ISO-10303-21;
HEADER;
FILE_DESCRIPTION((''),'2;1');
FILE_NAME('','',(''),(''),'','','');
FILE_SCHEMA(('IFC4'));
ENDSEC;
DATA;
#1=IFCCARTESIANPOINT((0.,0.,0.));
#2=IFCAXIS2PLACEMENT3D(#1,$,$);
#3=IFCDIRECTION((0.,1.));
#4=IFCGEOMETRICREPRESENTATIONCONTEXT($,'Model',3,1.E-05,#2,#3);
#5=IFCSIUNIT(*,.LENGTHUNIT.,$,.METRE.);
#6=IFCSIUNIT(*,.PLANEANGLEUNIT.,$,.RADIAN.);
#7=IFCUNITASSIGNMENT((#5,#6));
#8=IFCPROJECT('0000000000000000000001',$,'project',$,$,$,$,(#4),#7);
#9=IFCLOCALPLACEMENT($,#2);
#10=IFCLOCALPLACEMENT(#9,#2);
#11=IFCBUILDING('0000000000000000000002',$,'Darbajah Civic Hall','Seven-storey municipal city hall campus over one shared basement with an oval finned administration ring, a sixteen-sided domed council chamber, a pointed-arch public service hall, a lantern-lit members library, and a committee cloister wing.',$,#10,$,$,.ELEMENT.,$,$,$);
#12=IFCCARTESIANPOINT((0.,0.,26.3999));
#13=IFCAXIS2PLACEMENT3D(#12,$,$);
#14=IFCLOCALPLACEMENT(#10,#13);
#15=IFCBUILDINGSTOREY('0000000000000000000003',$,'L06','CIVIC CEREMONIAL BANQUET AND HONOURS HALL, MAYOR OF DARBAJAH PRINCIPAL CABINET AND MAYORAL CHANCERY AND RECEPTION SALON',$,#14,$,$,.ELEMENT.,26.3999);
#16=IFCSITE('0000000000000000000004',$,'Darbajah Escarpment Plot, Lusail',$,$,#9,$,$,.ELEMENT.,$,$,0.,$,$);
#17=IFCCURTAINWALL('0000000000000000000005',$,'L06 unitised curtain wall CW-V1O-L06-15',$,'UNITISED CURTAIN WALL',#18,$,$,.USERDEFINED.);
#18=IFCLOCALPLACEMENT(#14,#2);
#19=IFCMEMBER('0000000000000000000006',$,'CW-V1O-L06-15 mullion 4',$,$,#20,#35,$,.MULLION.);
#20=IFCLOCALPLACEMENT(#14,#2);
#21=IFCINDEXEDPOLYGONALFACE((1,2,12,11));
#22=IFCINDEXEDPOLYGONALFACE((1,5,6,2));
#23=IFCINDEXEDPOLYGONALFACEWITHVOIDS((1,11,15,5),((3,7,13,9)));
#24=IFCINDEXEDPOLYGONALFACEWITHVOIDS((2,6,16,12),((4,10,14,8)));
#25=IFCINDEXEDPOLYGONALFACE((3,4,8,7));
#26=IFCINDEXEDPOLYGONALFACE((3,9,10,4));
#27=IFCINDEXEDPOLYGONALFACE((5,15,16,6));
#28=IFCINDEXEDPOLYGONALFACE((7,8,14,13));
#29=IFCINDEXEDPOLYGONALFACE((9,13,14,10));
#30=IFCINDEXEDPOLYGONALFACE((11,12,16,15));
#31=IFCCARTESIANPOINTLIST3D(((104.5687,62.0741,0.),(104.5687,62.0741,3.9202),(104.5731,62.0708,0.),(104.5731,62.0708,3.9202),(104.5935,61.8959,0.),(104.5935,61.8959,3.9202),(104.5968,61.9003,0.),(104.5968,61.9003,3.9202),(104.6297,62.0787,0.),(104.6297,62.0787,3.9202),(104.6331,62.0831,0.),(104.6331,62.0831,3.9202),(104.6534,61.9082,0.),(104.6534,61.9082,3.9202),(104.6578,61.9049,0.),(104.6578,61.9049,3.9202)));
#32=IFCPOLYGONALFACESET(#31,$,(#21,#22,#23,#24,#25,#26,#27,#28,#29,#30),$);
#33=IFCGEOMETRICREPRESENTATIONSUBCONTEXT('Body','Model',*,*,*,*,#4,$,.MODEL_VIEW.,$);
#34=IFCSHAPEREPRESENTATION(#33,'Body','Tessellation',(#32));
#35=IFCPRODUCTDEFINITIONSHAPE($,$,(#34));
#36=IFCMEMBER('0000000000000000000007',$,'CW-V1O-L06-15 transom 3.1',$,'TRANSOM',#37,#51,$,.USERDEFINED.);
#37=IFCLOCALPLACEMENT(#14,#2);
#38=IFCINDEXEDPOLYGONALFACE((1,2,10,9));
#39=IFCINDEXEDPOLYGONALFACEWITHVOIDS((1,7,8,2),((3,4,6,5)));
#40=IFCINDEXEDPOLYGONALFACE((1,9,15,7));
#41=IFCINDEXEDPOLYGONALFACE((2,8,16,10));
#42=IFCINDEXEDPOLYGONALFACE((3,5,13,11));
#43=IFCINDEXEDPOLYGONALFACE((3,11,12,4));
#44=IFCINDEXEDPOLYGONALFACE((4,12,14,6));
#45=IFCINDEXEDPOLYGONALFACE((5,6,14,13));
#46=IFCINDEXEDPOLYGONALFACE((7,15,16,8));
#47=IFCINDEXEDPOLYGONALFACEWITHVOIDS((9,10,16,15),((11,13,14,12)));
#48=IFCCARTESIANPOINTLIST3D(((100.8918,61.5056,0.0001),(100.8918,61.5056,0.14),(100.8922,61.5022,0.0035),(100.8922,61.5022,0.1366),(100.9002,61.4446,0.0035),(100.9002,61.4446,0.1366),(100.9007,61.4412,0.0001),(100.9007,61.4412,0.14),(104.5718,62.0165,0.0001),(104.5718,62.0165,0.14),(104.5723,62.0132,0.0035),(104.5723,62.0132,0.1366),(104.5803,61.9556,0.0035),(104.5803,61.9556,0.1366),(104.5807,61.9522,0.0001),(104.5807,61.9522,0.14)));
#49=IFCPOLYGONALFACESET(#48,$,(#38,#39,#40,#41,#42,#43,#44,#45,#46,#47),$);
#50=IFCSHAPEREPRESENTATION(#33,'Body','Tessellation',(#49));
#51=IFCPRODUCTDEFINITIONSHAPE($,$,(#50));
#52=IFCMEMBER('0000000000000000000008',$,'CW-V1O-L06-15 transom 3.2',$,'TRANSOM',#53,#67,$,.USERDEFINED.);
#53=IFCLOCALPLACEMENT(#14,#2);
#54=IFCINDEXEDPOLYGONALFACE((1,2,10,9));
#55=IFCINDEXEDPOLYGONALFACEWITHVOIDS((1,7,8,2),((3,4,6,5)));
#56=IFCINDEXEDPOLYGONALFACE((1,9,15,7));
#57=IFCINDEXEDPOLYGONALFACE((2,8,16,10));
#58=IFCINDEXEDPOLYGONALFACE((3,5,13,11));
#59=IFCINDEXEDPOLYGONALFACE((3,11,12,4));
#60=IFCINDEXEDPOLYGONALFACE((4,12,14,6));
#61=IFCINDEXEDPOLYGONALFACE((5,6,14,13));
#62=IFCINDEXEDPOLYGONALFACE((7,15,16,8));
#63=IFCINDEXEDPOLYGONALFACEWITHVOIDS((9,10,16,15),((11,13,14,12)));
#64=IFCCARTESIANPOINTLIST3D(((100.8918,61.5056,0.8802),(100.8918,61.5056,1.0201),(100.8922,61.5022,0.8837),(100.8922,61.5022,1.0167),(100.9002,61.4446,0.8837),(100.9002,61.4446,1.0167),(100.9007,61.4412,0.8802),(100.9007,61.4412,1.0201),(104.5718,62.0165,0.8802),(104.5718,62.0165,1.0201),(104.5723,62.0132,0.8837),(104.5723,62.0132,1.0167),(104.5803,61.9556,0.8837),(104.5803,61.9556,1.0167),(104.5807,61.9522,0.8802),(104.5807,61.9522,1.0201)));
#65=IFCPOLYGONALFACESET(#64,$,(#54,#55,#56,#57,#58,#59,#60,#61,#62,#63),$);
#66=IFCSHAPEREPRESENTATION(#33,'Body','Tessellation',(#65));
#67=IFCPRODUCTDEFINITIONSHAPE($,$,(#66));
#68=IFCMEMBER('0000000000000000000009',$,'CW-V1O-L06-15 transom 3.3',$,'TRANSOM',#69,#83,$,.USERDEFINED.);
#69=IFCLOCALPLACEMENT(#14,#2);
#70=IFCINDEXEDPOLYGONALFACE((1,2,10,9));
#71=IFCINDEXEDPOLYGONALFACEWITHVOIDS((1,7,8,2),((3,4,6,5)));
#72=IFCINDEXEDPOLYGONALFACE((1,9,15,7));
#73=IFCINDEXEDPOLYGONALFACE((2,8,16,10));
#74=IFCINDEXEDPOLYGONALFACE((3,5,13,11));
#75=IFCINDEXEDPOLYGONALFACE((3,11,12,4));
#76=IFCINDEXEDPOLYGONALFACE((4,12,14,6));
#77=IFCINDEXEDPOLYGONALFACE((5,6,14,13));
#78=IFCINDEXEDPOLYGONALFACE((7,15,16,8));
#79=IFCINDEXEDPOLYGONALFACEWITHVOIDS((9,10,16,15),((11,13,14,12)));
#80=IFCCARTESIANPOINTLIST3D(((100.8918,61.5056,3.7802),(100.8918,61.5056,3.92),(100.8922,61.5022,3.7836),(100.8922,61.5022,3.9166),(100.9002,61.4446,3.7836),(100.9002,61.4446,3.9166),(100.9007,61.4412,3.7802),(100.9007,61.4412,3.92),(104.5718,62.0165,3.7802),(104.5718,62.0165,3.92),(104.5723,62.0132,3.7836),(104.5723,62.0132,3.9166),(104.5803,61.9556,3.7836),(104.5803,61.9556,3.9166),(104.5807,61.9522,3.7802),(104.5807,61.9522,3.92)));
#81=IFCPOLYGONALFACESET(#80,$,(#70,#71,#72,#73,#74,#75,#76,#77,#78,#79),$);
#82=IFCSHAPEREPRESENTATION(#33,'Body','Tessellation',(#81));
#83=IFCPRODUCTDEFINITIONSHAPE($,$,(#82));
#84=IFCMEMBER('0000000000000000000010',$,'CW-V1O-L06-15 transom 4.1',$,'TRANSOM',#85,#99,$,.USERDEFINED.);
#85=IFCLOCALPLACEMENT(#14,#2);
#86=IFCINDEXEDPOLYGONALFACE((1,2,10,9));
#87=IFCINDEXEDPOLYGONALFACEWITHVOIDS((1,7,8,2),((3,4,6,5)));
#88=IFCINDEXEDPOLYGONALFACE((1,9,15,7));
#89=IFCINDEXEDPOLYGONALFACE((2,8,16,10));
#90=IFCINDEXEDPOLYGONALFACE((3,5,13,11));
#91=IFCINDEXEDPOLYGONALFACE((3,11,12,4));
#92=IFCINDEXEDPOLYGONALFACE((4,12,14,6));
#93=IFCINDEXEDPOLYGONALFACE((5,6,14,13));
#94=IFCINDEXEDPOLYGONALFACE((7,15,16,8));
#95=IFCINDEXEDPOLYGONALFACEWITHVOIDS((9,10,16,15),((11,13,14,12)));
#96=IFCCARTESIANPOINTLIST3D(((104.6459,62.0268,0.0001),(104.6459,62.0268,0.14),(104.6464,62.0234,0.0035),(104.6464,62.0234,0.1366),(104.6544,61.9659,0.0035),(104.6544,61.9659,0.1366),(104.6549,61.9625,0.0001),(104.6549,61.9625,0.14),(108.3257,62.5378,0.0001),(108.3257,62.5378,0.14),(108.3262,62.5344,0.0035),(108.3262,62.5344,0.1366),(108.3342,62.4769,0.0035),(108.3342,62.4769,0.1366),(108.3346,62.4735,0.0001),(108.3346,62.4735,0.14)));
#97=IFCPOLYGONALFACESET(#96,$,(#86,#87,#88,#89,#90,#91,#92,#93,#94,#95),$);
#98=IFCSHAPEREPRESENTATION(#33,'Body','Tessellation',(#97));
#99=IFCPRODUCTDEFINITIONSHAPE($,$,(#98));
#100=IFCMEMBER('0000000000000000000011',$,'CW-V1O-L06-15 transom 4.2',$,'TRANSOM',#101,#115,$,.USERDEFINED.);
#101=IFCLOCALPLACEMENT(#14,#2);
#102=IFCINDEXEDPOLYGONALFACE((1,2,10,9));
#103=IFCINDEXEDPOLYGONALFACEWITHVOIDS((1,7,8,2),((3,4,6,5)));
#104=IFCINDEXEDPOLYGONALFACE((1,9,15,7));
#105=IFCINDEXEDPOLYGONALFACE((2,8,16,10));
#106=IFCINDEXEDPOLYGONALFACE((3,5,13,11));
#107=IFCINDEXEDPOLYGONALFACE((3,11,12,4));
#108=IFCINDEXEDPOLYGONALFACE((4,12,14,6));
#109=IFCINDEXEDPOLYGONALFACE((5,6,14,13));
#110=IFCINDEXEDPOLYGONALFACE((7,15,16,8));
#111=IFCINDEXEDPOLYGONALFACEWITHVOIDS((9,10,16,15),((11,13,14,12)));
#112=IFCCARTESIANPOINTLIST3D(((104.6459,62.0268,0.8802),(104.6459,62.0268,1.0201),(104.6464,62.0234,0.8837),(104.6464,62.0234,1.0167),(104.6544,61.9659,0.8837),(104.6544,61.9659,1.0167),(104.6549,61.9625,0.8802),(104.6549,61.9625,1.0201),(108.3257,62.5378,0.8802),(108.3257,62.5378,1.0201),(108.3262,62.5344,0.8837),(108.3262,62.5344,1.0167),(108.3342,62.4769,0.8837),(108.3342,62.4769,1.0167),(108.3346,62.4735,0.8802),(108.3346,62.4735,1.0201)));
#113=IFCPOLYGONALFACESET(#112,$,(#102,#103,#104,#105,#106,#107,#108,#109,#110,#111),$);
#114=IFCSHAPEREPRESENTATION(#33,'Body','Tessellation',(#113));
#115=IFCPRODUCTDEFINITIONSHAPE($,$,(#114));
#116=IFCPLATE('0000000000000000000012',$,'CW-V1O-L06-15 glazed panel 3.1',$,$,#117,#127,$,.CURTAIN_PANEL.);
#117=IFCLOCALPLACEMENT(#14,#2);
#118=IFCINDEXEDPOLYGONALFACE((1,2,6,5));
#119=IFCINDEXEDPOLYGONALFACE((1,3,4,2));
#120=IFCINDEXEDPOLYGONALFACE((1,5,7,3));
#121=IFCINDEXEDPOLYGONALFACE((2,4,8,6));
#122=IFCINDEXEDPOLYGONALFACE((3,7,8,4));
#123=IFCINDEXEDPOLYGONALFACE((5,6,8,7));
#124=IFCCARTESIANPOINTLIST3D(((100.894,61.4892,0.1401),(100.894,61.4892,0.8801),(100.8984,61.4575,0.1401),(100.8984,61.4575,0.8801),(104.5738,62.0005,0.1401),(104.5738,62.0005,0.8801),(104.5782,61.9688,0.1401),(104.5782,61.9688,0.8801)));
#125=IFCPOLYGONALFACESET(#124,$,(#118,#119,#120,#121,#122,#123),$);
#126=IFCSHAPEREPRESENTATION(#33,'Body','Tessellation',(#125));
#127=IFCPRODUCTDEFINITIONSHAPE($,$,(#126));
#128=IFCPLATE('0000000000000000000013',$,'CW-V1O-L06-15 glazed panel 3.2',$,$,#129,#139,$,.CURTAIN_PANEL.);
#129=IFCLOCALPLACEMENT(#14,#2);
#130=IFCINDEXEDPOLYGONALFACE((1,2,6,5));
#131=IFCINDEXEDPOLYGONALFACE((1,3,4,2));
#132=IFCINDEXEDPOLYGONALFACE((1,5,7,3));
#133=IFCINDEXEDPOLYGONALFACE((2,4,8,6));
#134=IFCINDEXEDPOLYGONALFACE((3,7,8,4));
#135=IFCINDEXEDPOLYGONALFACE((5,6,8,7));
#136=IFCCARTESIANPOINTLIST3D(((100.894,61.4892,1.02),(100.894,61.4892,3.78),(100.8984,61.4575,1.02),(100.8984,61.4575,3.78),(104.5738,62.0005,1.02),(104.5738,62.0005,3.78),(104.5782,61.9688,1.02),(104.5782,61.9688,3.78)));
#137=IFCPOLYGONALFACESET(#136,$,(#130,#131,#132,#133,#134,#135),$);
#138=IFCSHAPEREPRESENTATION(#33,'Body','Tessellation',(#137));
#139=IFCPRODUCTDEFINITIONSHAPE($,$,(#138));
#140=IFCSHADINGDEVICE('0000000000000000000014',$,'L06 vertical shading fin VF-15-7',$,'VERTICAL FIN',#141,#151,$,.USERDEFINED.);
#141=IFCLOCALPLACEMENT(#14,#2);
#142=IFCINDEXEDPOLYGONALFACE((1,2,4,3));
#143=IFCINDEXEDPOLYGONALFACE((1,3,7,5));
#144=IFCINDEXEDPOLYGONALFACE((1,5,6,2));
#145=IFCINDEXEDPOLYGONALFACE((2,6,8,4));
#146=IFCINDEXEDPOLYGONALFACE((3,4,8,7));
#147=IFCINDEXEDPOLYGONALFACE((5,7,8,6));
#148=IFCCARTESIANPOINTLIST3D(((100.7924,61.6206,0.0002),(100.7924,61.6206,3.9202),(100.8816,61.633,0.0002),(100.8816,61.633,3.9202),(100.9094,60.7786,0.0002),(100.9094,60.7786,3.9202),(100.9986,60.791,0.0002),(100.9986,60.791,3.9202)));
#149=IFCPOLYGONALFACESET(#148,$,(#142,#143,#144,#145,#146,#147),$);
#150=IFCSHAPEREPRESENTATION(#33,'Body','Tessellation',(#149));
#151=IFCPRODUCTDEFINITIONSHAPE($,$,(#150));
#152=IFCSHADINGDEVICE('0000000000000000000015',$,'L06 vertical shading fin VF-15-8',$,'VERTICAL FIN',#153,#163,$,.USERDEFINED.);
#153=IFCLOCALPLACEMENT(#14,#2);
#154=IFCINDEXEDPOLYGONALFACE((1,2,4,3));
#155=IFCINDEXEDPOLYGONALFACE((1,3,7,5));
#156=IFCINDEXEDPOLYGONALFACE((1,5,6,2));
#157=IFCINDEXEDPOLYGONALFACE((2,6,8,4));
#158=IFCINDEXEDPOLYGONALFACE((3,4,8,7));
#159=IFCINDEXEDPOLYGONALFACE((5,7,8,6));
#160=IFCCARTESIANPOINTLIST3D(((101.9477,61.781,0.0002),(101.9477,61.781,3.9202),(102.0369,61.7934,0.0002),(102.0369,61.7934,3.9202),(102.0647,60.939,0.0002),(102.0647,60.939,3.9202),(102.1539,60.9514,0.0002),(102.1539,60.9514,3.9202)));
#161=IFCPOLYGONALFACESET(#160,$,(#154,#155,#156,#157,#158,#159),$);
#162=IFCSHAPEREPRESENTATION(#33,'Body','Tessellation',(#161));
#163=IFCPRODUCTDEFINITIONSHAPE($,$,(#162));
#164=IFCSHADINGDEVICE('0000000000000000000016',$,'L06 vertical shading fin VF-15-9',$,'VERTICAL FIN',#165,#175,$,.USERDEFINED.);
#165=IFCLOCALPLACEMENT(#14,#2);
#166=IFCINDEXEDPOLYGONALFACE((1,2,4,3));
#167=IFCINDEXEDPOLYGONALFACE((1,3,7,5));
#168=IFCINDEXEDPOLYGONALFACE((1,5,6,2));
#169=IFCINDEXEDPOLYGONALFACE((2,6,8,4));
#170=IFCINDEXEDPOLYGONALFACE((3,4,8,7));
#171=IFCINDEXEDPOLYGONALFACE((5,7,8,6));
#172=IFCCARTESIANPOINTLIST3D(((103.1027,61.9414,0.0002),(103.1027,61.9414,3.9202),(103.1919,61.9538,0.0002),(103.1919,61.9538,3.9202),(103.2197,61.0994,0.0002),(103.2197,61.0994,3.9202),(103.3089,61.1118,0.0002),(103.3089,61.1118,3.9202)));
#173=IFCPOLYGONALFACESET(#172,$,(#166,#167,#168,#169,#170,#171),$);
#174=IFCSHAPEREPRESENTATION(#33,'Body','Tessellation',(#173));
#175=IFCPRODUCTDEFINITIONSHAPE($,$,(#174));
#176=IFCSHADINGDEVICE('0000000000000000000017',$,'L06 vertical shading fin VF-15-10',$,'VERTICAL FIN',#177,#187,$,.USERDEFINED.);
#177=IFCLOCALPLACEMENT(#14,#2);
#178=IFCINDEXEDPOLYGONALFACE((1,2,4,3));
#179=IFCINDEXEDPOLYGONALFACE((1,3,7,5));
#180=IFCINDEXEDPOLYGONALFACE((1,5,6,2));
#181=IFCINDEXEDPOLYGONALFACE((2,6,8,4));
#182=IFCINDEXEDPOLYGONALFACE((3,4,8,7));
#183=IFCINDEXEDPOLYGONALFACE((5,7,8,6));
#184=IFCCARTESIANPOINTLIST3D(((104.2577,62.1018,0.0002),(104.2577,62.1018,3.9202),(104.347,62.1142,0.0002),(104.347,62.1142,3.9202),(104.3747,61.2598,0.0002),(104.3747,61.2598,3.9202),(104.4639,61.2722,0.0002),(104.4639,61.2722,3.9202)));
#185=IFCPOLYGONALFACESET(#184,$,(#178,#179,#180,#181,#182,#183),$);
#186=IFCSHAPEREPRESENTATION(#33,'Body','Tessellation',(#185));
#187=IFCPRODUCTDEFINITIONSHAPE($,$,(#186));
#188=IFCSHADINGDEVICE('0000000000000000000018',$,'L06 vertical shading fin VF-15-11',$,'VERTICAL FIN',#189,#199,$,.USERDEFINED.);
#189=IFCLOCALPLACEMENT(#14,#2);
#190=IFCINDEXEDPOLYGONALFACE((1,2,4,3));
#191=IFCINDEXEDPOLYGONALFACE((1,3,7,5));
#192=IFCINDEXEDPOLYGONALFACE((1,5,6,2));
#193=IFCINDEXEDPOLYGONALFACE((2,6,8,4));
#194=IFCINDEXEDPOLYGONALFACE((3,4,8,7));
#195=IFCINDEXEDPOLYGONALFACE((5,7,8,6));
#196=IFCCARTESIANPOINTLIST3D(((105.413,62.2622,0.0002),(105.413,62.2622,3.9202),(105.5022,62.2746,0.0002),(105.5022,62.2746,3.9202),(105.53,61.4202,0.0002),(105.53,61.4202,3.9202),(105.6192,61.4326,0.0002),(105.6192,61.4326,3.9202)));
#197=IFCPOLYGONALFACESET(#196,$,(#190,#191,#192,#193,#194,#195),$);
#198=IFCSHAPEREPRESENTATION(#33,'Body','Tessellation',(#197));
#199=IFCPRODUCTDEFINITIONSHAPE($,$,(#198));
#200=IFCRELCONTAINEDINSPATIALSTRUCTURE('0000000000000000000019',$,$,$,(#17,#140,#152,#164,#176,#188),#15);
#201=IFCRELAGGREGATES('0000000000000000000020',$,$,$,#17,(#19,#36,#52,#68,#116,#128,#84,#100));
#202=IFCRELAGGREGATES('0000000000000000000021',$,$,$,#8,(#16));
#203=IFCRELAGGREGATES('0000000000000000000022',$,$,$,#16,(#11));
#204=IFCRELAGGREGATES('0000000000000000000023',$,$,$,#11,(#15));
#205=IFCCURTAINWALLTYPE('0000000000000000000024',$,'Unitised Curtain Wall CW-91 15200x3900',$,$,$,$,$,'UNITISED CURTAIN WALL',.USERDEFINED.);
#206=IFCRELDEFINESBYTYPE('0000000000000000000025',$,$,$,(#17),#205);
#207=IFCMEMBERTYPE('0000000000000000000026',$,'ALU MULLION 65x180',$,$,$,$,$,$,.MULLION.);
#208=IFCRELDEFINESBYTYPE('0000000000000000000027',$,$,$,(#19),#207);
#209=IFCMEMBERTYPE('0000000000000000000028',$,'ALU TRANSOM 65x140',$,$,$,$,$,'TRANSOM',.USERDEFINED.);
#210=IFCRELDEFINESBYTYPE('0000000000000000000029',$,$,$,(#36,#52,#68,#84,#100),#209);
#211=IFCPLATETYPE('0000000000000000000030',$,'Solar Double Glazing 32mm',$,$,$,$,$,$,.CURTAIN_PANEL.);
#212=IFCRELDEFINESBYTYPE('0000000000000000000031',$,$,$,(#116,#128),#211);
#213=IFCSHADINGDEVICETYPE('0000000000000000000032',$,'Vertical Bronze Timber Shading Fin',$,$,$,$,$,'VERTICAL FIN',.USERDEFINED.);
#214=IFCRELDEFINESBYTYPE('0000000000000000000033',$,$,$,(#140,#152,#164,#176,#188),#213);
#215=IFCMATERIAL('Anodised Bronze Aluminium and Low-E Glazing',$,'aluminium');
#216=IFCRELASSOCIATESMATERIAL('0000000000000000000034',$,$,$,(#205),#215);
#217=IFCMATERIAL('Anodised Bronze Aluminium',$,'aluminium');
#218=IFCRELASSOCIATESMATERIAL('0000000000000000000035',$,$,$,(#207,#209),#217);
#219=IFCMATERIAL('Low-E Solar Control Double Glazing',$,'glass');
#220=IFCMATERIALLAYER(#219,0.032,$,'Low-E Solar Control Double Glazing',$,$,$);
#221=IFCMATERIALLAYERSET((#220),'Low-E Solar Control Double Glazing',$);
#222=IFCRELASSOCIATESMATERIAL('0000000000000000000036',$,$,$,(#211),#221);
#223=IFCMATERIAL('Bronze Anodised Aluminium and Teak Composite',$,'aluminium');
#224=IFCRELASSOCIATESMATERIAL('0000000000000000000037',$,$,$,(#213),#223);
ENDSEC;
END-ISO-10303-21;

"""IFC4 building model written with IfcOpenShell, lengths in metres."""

from ifc_helpers import new_model, si_unit, direction, frame, origin, origin_2d, place, context, subcontext, project, spatial, rectangle, hollow_rectangle, extrude, material, layer, layer_set, material_profile, profile_set, type_object, element, aggregate, save


model = new_model("IFC4")

# Units and contexts
model_context = context("Model", 3, precision=1e-05, world=origin(), true_north=direction((0.0, 1.0)))
body_context = subcontext(model_context, "Body", "Model", "MODEL_VIEW")
ifc_project = project(units=[si_unit("LENGTHUNIT", "METRE"), si_unit("PLANEANGLEUNIT", "RADIAN")], contexts=[model_context])

# Site, building, storey
site_placement = place(None, origin())
site = spatial("IfcSite", under=ifc_project, at=site_placement, Name="Darbajah Escarpment Plot, Lusail", CompositionType="ELEMENT", RefElevation=0.0)
building_placement = place(site_placement, origin())
building = spatial("IfcBuilding", under=site, at=building_placement, Name="Darbajah Civic Hall", Description="Seven-storey municipal city hall campus over one shared basement with an oval finned administration ring, a sixteen-sided domed council chamber, a pointed-arch public service hall, a lantern-lit members library, and a committee cloister wing.", CompositionType="ELEMENT")
storey_placement = place(building_placement, frame((0.0, 0.0, 26.3999)))
storey = spatial("IfcBuildingStorey", under=building, at=storey_placement, Name="L06", Description="CIVIC CEREMONIAL BANQUET AND HONOURS HALL, MAYOR OF DARBAJAH PRINCIPAL CABINET AND MAYORAL CHANCERY AND RECEPTION SALON", CompositionType="ELEMENT", Elevation=26.3999)

# Curtain wall, members, plates
ifc_material_1 = material(Name="Anodised Bronze Aluminium and Low-E Glazing", Category="aluminium")
curtain_wall_type = type_object("IfcCurtainWallType", Name="Unitised Curtain Wall CW-91 15200x3900", ElementType="UNITISED CURTAIN WALL", PredefinedType="USERDEFINED", material=ifc_material_1)
curtain_wall_placement = place(storey_placement, origin())
curtain_wall = element("IfcCurtainWall", 1, at=curtain_wall_placement, inside=storey, type_object=curtain_wall_type, Name="L06 unitised curtain wall CW-V1O-L06-15", ObjectType="UNITISED CURTAIN WALL", PredefinedType="USERDEFINED")
ifc_material_2 = material(Name="Anodised Bronze Aluminium", Category="aluminium")
ifc_material_profile_1 = material_profile(ifc_material_2, hollow_rectangle(XDim=0.0649, YDim=0.1799, WallThickness=0.0039, at=origin_2d()), Name="ALU MULLION 65x180")
ifc_profile_set_1 = profile_set([ifc_material_profile_1], Name="Anodised Bronze Aluminium")
member_type_1 = type_object("IfcMemberType", Name="ALU MULLION 65x180", PredefinedType="MULLION", material=ifc_profile_set_1)
member_1_placement = place(storey_placement, frame((104.6133, 61.9895, 0.0), z_axis=(0.0, 0.0, 1.0), x_axis=(0.990485, 0.137617, 0.0)))
member_1 = element("IfcMember", 2, at=member_1_placement, type_object=member_type_1, Name="CW-V1O-L06-15 mullion 4", PredefinedType="MULLION", context=body_context, shape_type="SweptSolid", body=[
    extrude(hollow_rectangle(XDim=0.0649, YDim=0.1799, WallThickness=0.0039, at=origin_2d()), origin(), (0.0, 0.0, 1.0), 3.9202),
])
ifc_material_profile_2 = material_profile(ifc_material_2, hollow_rectangle(XDim=0.0649, YDim=0.1399, WallThickness=0.0034, at=origin_2d()), Name="ALU TRANSOM 65x140")
ifc_profile_set_2 = profile_set([ifc_material_profile_2], Name="Anodised Bronze Aluminium")
member_type_2 = type_object("IfcMemberType", Name="ALU TRANSOM 65x140", ElementType="TRANSOM", PredefinedType="USERDEFINED", material=ifc_profile_set_2)
member_2_placement = place(storey_placement, frame((100.8962, 61.4734, 0.0701), z_axis=(0.990497, 0.137538, 0.0), x_axis=(-0.137538, 0.990497, 0.0)))
member_2 = element("IfcMember", 3, at=member_2_placement, type_object=member_type_2, Name="CW-V1O-L06-15 transom 3.1", ObjectType="TRANSOM", PredefinedType="USERDEFINED", context=body_context, shape_type="SweptSolid", body=[
    extrude(hollow_rectangle(XDim=0.0649, YDim=0.1399, WallThickness=0.0034, at=origin_2d()), origin(), (0.0, 0.0, 1.0), 3.7153),
])
member_3_placement = place(storey_placement, frame((100.8962, 61.4734, 0.9502), z_axis=(0.990497, 0.137538, 0.0), x_axis=(-0.137538, 0.990497, 0.0)))
member_3 = element("IfcMember", 4, at=member_3_placement, type_object=member_type_2, Name="CW-V1O-L06-15 transom 3.2", ObjectType="TRANSOM", PredefinedType="USERDEFINED", context=body_context, shape_type="SweptSolid", body=[
    extrude(hollow_rectangle(XDim=0.0649, YDim=0.1399, WallThickness=0.0034, at=origin_2d()), origin(), (0.0, 0.0, 1.0), 3.7153),
])
member_4_placement = place(storey_placement, frame((100.8962, 61.4734, 3.8501), z_axis=(0.990497, 0.137538, 0.0), x_axis=(-0.137538, 0.990497, 0.0)))
member_4 = element("IfcMember", 5, at=member_4_placement, type_object=member_type_2, Name="CW-V1O-L06-15 transom 3.3", ObjectType="TRANSOM", PredefinedType="USERDEFINED", context=body_context, shape_type="SweptSolid", body=[
    extrude(hollow_rectangle(XDim=0.0649, YDim=0.1399, WallThickness=0.0034, at=origin_2d()), origin(), (0.0, 0.0, 1.0), 3.7153),
])
member_5_placement = place(storey_placement, frame((104.6504, 61.9946, 0.0701), z_axis=(0.990495, 0.137547, 0.0), x_axis=(-0.137547, 0.990495, 0.0)))
member_5 = element("IfcMember", 6, at=member_5_placement, type_object=member_type_2, Name="CW-V1O-L06-15 transom 4.1", ObjectType="TRANSOM", PredefinedType="USERDEFINED", context=body_context, shape_type="SweptSolid", body=[
    extrude(hollow_rectangle(XDim=0.0649, YDim=0.1399, WallThickness=0.0034, at=origin_2d()), origin(), (0.0, 0.0, 1.0), 3.7151),
])
member_6_placement = place(storey_placement, frame((104.6504, 61.9946, 0.9502), z_axis=(0.990495, 0.137547, 0.0), x_axis=(-0.137547, 0.990495, 0.0)))
member_6 = element("IfcMember", 7, at=member_6_placement, type_object=member_type_2, Name="CW-V1O-L06-15 transom 4.2", ObjectType="TRANSOM", PredefinedType="USERDEFINED", context=body_context, shape_type="SweptSolid", body=[
    extrude(hollow_rectangle(XDim=0.0649, YDim=0.1399, WallThickness=0.0034, at=origin_2d()), origin(), (0.0, 0.0, 1.0), 3.7151),
])
ifc_material_3 = material(Name="Low-E Solar Control Double Glazing", Category="glass")
ifc_layer = layer(ifc_material_3, 0.032, Name="Low-E Solar Control Double Glazing")
ifc_layer_set = layer_set([ifc_layer], Name="Low-E Solar Control Double Glazing")
plate_type = type_object("IfcPlateType", Name="Solar Double Glazing 32mm", PredefinedType="CURTAIN_PANEL", material=ifc_layer_set)
plate_1_placement = place(storey_placement, frame((102.7361, 61.729, 0.1401), z_axis=(0.0, 0.0, 1.0), x_axis=(0.990485, 0.137617, 0.0)))
plate_1 = element("IfcPlate", 8, at=plate_1_placement, type_object=plate_type, Name="CW-V1O-L06-15 glazed panel 3.1", PredefinedType="CURTAIN_PANEL", context=body_context, shape_type="SweptSolid", body=[
    extrude(rectangle(XDim=3.7151, YDim=0.032, at=origin_2d()), origin(), (0.0, 0.0, 1.0), 0.74),
])
plate_2_placement = place(storey_placement, frame((102.7361, 61.729, 1.02), z_axis=(0.0, 0.0, 1.0), x_axis=(0.990485, 0.137617, 0.0)))
plate_2 = element("IfcPlate", 9, at=plate_2_placement, type_object=plate_type, Name="CW-V1O-L06-15 glazed panel 3.2", PredefinedType="CURTAIN_PANEL", context=body_context, shape_type="SweptSolid", body=[
    extrude(rectangle(XDim=3.7151, YDim=0.032, at=origin_2d()), origin(), (0.0, 0.0, 1.0), 2.76),
])
aggregate(curtain_wall, [member_1, member_2, member_3, member_4, plate_1, plate_2, member_5, member_6])

# Shading devices
ifc_material_4 = material(Name="Bronze Anodised Aluminium and Teak Composite", Category="aluminium")
shading_device_type = type_object("IfcShadingDeviceType", Name="Vertical Bronze Timber Shading Fin", ElementType="VERTICAL FIN", PredefinedType="USERDEFINED", material=ifc_material_4)
for number, where, z_axis, x_axis, name in (
    (10, (100.8955, 61.2058, 0.0002), (0.0, 0.0, 1.0), (0.137617, -0.990485, 0.0), "L06 vertical shading fin VF-15-7"),
    (11, (102.0508, 61.3662, 0.0002), (0.0, 0.0, 1.0), (0.137617, -0.990485, 0.0), "L06 vertical shading fin VF-15-8"),
    (12, (103.2058, 61.5266, 0.0002), (0.0, 0.0, 1.0), (0.137617, -0.990485, 0.0), "L06 vertical shading fin VF-15-9"),
    (13, (104.3608, 61.687, 0.0002), (0.0, 0.0, 1.0), (0.137617, -0.990485, 0.0), "L06 vertical shading fin VF-15-10"),
    (14, (105.5161, 61.8474, 0.0002), (0.0, 0.0, 1.0), (0.137617, -0.990485, 0.0), "L06 vertical shading fin VF-15-11"),
):
    element("IfcShadingDevice", number, at=place(storey_placement, frame(where, z_axis=z_axis, x_axis=x_axis)), inside=storey, type_object=shading_device_type, Name=name, ObjectType="VERTICAL FIN", PredefinedType="USERDEFINED", context=body_context, shape_type="SweptSolid", body=[
        extrude(rectangle(XDim=0.8501, YDim=0.0901, at=origin_2d()), origin(), (0.0, 0.0, 1.0), 3.9199),
    ])

save(model, "model.ifc")
